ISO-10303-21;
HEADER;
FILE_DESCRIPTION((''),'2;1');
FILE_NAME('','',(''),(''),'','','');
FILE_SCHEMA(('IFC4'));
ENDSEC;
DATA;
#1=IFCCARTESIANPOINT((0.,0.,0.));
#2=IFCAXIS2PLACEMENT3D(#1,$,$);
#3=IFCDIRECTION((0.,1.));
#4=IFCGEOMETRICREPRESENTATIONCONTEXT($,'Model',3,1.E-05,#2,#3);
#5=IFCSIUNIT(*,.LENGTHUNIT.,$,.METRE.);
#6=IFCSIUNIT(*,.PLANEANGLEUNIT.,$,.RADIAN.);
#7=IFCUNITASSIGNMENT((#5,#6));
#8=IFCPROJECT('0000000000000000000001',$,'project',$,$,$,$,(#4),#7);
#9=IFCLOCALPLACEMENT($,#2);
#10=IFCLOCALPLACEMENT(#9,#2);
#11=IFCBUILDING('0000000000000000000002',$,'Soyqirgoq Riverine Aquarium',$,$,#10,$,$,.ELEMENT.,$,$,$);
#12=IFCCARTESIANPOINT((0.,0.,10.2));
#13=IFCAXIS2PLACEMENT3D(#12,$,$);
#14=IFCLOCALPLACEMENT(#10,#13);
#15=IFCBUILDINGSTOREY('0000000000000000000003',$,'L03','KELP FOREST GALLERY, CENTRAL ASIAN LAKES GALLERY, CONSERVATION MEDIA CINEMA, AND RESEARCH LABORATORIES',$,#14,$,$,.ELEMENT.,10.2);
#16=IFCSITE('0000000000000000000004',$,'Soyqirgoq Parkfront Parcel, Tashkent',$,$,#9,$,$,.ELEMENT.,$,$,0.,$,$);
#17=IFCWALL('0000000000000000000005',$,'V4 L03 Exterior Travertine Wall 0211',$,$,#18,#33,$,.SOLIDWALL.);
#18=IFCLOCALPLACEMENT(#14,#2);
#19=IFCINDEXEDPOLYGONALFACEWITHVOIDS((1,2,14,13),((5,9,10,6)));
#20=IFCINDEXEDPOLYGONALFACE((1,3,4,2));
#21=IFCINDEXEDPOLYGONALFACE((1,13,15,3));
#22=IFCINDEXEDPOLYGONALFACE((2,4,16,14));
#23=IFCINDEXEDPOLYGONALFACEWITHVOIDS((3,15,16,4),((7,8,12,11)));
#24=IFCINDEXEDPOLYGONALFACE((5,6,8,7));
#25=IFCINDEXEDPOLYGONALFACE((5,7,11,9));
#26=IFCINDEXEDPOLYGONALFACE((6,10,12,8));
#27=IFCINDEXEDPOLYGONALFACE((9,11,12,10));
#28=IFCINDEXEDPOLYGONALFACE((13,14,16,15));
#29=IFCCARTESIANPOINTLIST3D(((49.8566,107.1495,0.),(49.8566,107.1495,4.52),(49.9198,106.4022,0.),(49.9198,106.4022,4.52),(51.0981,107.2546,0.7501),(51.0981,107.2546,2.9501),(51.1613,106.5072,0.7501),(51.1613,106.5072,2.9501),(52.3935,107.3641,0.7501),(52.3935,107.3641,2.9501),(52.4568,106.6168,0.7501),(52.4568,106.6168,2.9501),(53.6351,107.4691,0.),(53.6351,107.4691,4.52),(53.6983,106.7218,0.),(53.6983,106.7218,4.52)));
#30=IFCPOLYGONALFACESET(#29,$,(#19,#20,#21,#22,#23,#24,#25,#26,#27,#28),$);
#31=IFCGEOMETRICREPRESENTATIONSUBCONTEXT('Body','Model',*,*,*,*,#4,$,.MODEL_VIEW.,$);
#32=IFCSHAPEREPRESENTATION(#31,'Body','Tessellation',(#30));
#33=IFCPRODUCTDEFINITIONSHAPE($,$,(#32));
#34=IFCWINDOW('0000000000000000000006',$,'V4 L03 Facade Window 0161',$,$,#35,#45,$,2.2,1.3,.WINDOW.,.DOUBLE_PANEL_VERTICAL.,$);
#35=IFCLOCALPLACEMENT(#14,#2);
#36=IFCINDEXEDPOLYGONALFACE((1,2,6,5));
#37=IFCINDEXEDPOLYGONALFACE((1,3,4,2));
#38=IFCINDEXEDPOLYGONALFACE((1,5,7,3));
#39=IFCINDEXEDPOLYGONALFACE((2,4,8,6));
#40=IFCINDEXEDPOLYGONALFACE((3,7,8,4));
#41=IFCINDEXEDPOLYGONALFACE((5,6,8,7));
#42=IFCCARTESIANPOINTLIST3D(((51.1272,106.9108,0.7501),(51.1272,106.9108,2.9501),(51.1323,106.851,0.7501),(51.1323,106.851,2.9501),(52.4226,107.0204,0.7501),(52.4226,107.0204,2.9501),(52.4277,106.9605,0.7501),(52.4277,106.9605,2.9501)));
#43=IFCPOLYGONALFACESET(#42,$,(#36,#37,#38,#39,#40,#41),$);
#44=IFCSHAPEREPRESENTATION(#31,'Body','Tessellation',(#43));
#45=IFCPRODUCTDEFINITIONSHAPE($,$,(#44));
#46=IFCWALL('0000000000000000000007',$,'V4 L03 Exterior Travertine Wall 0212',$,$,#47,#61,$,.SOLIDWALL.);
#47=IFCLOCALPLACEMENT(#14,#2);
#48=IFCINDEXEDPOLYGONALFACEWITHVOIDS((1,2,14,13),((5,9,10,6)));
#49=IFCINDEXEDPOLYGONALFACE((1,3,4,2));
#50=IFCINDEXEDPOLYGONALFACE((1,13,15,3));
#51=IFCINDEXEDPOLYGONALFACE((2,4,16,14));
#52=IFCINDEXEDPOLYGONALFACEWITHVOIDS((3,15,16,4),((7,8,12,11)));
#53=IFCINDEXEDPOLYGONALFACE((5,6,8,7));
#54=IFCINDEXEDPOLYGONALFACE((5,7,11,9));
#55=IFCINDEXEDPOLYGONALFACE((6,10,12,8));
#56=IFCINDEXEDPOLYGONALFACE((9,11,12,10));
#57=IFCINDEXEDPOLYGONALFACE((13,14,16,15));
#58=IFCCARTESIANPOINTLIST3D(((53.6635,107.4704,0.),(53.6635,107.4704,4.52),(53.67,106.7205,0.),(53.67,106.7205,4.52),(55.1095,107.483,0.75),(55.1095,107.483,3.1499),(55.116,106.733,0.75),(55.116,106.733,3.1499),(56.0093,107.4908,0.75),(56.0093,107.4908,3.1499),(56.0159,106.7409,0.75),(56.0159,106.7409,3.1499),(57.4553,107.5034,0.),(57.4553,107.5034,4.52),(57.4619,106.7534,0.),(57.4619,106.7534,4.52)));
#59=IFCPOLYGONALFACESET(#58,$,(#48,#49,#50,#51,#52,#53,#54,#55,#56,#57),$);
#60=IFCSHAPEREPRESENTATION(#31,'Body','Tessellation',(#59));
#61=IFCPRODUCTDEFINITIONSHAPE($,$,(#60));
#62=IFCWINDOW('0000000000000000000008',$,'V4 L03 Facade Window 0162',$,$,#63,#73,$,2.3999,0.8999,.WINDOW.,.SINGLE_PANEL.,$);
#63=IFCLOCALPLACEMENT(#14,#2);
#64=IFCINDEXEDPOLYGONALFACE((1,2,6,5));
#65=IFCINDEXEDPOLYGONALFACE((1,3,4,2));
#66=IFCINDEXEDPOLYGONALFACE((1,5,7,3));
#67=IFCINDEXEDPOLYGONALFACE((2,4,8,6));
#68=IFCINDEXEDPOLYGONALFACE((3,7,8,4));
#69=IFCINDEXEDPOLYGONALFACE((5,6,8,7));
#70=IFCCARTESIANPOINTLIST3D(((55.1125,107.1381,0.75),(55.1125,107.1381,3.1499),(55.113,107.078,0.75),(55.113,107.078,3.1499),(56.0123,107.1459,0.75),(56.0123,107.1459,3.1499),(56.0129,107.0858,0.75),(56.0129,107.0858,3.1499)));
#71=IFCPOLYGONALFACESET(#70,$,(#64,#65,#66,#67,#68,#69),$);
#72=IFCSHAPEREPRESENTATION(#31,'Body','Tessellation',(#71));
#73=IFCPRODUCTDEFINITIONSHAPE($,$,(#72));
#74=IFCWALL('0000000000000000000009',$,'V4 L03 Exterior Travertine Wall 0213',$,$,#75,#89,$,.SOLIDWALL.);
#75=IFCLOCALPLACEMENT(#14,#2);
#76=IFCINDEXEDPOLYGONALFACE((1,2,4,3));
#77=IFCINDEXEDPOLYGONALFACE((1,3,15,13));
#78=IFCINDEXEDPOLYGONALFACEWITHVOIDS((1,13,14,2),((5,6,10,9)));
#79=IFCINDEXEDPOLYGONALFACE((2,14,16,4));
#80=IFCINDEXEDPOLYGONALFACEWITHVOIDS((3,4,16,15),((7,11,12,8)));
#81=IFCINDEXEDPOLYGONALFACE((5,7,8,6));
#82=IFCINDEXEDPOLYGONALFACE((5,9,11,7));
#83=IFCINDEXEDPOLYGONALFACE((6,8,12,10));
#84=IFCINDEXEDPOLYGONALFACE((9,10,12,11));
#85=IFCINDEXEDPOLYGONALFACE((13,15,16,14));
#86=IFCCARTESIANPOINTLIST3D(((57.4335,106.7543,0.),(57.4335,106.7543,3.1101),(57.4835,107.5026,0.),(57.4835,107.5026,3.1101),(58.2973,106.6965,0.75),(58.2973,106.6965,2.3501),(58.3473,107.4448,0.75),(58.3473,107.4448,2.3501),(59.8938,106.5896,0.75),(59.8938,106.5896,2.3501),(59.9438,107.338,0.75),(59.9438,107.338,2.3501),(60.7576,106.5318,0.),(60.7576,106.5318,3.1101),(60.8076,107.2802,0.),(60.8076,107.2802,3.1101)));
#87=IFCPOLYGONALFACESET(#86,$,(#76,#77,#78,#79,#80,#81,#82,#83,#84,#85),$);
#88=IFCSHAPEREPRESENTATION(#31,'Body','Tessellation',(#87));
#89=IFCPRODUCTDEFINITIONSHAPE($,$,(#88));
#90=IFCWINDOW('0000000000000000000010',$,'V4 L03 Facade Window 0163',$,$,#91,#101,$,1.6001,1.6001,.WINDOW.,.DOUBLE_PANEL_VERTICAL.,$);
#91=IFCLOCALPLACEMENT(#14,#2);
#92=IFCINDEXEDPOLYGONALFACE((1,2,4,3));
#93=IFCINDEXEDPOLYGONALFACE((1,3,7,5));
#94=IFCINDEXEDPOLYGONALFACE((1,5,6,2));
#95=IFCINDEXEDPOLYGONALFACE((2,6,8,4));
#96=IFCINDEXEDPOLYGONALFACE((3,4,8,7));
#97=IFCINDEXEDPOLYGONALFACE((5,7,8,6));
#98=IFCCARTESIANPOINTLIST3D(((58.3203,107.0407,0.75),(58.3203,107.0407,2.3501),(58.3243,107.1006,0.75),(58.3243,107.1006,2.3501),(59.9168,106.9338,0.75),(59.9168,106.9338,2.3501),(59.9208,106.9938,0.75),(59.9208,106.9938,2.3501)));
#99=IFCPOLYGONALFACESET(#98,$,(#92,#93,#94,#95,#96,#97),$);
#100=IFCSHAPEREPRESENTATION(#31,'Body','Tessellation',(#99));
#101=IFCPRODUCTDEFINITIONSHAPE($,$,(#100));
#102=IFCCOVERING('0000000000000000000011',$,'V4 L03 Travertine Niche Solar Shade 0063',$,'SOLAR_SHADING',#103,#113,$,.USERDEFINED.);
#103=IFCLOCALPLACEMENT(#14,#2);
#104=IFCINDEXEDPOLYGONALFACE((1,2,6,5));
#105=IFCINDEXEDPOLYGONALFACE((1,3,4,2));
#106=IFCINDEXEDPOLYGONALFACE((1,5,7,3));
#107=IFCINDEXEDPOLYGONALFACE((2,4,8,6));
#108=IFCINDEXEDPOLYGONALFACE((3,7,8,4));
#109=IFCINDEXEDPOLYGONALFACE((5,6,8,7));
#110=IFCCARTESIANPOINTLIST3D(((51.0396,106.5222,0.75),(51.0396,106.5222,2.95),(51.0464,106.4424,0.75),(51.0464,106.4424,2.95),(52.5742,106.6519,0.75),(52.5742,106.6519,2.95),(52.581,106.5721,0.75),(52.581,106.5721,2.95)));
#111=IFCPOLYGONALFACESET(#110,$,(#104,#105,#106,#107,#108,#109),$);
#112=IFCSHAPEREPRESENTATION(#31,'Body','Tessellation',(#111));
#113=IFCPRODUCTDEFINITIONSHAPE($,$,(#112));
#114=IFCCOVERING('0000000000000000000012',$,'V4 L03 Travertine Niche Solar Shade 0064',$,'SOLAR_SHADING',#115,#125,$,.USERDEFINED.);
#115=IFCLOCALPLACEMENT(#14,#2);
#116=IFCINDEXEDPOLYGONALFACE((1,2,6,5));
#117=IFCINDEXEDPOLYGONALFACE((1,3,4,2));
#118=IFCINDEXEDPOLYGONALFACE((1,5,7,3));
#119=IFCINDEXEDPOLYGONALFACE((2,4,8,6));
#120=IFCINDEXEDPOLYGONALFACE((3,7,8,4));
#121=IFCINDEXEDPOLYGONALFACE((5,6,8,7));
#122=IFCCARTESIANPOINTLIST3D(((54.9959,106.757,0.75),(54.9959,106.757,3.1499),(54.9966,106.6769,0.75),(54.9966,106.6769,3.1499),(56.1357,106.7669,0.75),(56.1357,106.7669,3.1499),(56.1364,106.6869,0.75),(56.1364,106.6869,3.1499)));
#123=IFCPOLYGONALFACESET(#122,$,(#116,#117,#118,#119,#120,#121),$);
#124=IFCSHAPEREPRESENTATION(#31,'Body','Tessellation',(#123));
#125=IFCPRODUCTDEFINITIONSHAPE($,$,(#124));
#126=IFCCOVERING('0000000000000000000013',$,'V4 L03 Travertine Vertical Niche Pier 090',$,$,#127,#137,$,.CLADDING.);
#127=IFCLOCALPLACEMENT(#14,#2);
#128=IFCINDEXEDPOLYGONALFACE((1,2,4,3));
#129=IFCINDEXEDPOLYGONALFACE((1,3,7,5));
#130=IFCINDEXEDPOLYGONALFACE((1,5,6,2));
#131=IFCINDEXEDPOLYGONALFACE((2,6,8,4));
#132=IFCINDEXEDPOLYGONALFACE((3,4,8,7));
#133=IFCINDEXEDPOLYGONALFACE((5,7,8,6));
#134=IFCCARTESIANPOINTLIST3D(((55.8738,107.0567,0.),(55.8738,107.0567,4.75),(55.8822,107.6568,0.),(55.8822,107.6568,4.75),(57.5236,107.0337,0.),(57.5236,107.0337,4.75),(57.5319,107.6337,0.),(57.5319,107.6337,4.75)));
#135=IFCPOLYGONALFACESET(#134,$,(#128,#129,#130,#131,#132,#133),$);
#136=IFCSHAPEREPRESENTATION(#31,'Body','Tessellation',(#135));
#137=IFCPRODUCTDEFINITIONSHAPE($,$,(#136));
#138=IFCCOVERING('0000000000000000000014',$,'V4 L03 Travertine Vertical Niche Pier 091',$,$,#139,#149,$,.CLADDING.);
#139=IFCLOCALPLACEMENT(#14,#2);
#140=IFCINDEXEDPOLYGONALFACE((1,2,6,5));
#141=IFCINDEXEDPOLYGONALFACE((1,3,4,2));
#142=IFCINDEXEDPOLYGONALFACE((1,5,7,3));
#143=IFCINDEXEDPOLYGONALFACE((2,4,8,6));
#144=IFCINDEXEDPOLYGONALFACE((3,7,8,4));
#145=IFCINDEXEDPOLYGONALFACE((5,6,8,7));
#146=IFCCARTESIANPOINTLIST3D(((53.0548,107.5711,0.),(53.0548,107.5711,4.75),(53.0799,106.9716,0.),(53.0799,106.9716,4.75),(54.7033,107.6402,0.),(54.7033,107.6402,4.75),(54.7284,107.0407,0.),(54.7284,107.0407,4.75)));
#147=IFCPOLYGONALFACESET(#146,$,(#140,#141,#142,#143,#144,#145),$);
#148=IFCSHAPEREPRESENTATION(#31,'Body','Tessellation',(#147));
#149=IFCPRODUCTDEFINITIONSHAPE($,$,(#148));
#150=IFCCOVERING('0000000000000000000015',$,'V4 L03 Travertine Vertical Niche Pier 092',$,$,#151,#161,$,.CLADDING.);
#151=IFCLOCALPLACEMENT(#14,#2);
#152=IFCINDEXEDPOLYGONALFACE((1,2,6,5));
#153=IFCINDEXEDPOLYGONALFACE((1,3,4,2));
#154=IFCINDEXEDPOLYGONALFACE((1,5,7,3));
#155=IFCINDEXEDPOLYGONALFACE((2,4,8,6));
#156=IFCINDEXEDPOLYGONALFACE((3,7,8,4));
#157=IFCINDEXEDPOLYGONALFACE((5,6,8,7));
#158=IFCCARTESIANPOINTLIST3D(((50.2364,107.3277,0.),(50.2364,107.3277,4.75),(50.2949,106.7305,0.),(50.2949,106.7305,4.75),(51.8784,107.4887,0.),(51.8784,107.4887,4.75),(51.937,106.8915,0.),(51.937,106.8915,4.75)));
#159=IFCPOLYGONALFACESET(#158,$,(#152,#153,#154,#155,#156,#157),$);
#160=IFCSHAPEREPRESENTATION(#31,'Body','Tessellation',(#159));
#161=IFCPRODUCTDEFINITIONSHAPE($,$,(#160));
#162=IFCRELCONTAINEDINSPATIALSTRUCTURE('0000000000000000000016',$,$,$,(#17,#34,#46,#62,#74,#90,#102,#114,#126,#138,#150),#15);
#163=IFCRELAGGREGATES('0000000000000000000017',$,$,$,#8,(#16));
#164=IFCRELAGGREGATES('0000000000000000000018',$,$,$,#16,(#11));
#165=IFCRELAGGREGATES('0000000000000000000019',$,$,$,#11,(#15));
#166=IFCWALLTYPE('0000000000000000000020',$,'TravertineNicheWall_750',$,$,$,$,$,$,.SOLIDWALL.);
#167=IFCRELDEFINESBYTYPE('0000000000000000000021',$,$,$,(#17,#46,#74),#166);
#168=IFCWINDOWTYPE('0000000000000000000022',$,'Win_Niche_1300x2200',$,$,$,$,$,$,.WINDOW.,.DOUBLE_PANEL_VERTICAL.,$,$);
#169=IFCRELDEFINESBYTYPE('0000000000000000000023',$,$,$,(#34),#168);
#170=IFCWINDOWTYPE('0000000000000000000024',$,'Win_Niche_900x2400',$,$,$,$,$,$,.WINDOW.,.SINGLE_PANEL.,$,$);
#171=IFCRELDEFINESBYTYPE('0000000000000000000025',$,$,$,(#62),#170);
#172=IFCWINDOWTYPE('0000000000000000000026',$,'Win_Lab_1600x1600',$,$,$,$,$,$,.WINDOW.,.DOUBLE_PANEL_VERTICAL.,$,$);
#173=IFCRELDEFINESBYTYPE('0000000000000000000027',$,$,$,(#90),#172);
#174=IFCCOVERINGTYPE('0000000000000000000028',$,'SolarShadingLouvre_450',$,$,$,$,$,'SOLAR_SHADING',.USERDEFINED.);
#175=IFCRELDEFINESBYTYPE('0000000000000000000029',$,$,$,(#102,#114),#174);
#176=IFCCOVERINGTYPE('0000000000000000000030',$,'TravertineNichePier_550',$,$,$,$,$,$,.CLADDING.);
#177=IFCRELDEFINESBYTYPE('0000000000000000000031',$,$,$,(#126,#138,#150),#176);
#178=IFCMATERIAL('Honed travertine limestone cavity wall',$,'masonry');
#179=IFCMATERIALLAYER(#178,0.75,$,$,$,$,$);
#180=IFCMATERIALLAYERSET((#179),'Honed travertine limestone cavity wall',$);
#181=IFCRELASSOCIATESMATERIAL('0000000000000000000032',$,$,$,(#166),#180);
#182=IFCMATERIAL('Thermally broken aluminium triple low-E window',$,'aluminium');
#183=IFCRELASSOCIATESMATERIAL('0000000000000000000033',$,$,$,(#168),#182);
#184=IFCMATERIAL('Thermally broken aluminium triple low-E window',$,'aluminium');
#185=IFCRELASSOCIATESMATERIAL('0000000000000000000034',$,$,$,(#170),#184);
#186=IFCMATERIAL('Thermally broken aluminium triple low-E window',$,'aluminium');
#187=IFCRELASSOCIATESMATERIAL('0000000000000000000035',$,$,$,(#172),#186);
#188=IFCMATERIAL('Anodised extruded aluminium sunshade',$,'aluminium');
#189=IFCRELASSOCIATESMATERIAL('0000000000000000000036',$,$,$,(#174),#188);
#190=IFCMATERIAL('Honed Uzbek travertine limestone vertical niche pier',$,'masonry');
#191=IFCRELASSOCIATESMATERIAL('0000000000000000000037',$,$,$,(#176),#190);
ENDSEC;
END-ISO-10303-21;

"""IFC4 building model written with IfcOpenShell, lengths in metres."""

from ifc_helpers import new_model, si_unit, direction, frame, frame_2d, origin, origin_2d, place, context, subcontext, project, spatial, rectangle, extrude, material, layer, layer_set, type_object, element, fill, save


model = new_model("IFC4")

# Units and contexts
model_context = context("Model", 3, precision=1e-05, world=origin(), true_north=direction((0.0, 1.0)))
body_context = subcontext(model_context, "Body", "Model", "MODEL_VIEW")
ifc_project = project(units=[si_unit("LENGTHUNIT", "METRE"), si_unit("PLANEANGLEUNIT", "RADIAN")], contexts=[model_context])

# Site, building, storey
site_placement = place(None, origin())
site = spatial("IfcSite", under=ifc_project, at=site_placement, Name="Soyqirgoq Parkfront Parcel, Tashkent", CompositionType="ELEMENT", RefElevation=0.0)
building_placement = place(site_placement, origin())
building = spatial("IfcBuilding", under=site, at=building_placement, Name="Soyqirgoq Riverine Aquarium", CompositionType="ELEMENT")
storey_placement = place(building_placement, frame((0.0, 0.0, 10.2)))
storey = spatial("IfcBuildingStorey", under=building, at=storey_placement, Name="L03", Description="KELP FOREST GALLERY, CENTRAL ASIAN LAKES GALLERY, CONSERVATION MEDIA CINEMA, AND RESEARCH LABORATORIES", CompositionType="ELEMENT", Elevation=10.2)

# Walls, openings, windows
ifc_material_1 = material(Name="Honed travertine limestone cavity wall", Category="masonry")
ifc_layer = layer(ifc_material_1, 0.75)
ifc_layer_set = layer_set([ifc_layer], Name="Honed travertine limestone cavity wall")
wall_type = type_object("IfcWallType", Name="TravertineNicheWall_750", PredefinedType="SOLIDWALL", material=ifc_layer_set)
wall_1_placement = place(storey_placement, frame((49.8882, 106.7759, 0.0), z_axis=(0.0, 0.0, 1.0), x_axis=(0.996442, 0.084276, 0.0)))
wall_1 = element("IfcWall", 1, at=wall_1_placement, inside=storey, type_object=wall_type, Name="V4 L03 Exterior Travertine Wall 0211", PredefinedType="SOLIDWALL", context=body_context, shape_type="SweptSolid", body=[
    extrude(rectangle(XDim=3.792, YDim=0.75, at=frame_2d((1.896, 0.0))), origin(), (0.0, 0.0, 1.0), 4.52),
])
opening_1_placement = place(wall_1_placement, frame((1.2461, 0.0, 0.75)))
opening_1 = element("IfcOpeningElement", 2, at=opening_1_placement, cuts=wall_1, PredefinedType="OPENING", context=body_context, shape_type="SweptSolid", body=[
    extrude(rectangle(XDim=1.3, YDim=2.2, at=frame_2d((0.6499, 1.1001))), frame((0.0, 0.385, 0.0), z_axis=(0.0, -1.0, 0.0), x_axis=(1.0, 0.0, 0.0)), (0.0, 0.0, 1.0), 0.77),
])
ifc_material_2 = material(Name="Thermally broken aluminium triple low-E window", Category="aluminium")
window_type_1 = type_object("IfcWindowType", Name="Win_Niche_1300x2200", PartitioningType="DOUBLE_PANEL_VERTICAL", PredefinedType="WINDOW", material=ifc_material_2)
window_1_placement = place(opening_1_placement, origin())
window_1 = element("IfcWindow", 3, at=window_1_placement, inside=storey, type_object=window_type_1, Name="V4 L03 Facade Window 0161", OverallHeight=2.2, OverallWidth=1.3, PartitioningType="DOUBLE_PANEL_VERTICAL", PredefinedType="WINDOW", context=body_context, shape_type="SweptSolid", body=[
    extrude(rectangle(XDim=1.3, YDim=2.2, at=frame_2d((0.6499, 1.1001))), frame((0.0, 0.03, 0.0), z_axis=(0.0, -1.0, 0.0), x_axis=(1.0, 0.0, 0.0)), (0.0, 0.0, 1.0), 0.0601),
])
fill(opening_1, window_1)
wall_2_placement = place(storey_placement, frame((53.6667, 107.0955, 0.0), z_axis=(0.0, 0.0, 1.0), x_axis=(0.999962, 0.008692, 0.0)))
wall_2 = element("IfcWall", 4, at=wall_2_placement, inside=storey, type_object=wall_type, Name="V4 L03 Exterior Travertine Wall 0212", PredefinedType="SOLIDWALL", context=body_context, shape_type="SweptSolid", body=[
    extrude(rectangle(XDim=3.792, YDim=0.75, at=frame_2d((1.896, 0.0))), origin(), (0.0, 0.0, 1.0), 4.52),
])
opening_2_placement = place(wall_2_placement, frame((1.446, 0.0, 0.75)))
opening_2 = element("IfcOpeningElement", 5, at=opening_2_placement, cuts=wall_2, PredefinedType="OPENING", context=body_context, shape_type="SweptSolid", body=[
    extrude(rectangle(XDim=0.8999, YDim=2.3999, at=frame_2d((0.45, 1.2))), frame((0.0, 0.385, 0.0), z_axis=(0.0, -1.0, 0.0), x_axis=(1.0, 0.0, 0.0)), (0.0, 0.0, 1.0), 0.77),
])
ifc_material_3 = material(Name="Thermally broken aluminium triple low-E window", Category="aluminium")
window_type_2 = type_object("IfcWindowType", Name="Win_Niche_900x2400", PartitioningType="SINGLE_PANEL", PredefinedType="WINDOW", material=ifc_material_3)
window_2_placement = place(opening_2_placement, origin())
window_2 = element("IfcWindow", 6, at=window_2_placement, inside=storey, type_object=window_type_2, Name="V4 L03 Facade Window 0162", OverallHeight=2.3999, OverallWidth=0.8999, PartitioningType="SINGLE_PANEL", PredefinedType="WINDOW", context=body_context, shape_type="SweptSolid", body=[
    extrude(rectangle(XDim=0.8999, YDim=2.3999, at=frame_2d((0.45, 1.2))), frame((0.0, 0.03, 0.0), z_axis=(0.0, -1.0, 0.0), x_axis=(1.0, 0.0, 0.0)), (0.0, 0.0, 1.0), 0.0601),
])
fill(opening_2, window_2)
wall_3_placement = place(storey_placement, frame((57.4585, 107.1284, 0.0), z_axis=(0.0, 0.0, 1.0), x_axis=(0.997769, -0.066757, 0.0)))
wall_3 = element("IfcWall", 7, at=wall_3_placement, inside=storey, type_object=wall_type, Name="V4 L03 Exterior Travertine Wall 0213", PredefinedType="SOLIDWALL", context=body_context, shape_type="SweptSolid", body=[
    extrude(rectangle(XDim=3.3315, YDim=0.75, at=frame_2d((1.6658, 0.0))), origin(), (0.0, 0.0, 1.0), 3.1101),
])
opening_3_placement = place(wall_3_placement, frame((0.8657, 0.0, 0.75)))
opening_3 = element("IfcOpeningElement", 8, at=opening_3_placement, cuts=wall_3, PredefinedType="OPENING", context=body_context, shape_type="SweptSolid", body=[
    extrude(rectangle(XDim=1.6001, YDim=1.6001, at=frame_2d((0.8, 0.8))), frame((0.0, 0.385, 0.0), z_axis=(0.0, -1.0, 0.0), x_axis=(1.0, 0.0, 0.0)), (0.0, 0.0, 1.0), 0.77),
])
ifc_material_4 = material(Name="Thermally broken aluminium triple low-E window", Category="aluminium")
window_type_3 = type_object("IfcWindowType", Name="Win_Lab_1600x1600", PartitioningType="DOUBLE_PANEL_VERTICAL", PredefinedType="WINDOW", material=ifc_material_4)
window_3_placement = place(opening_3_placement, origin())
window_3 = element("IfcWindow", 9, at=window_3_placement, inside=storey, type_object=window_type_3, Name="V4 L03 Facade Window 0163", OverallHeight=1.6001, OverallWidth=1.6001, PartitioningType="DOUBLE_PANEL_VERTICAL", PredefinedType="WINDOW", context=body_context, shape_type="SweptSolid", body=[
    extrude(rectangle(XDim=1.6001, YDim=1.6001, at=frame_2d((0.8, 0.8))), frame((0.0, 0.03, 0.0), z_axis=(0.0, -1.0, 0.0), x_axis=(1.0, 0.0, 0.0)), (0.0, 0.0, 1.0), 0.0601),
])
fill(opening_3, window_3)

# Coverings
ifc_material_5 = material(Name="Anodised extruded aluminium sunshade", Category="aluminium")
covering_type_1 = type_object("IfcCoveringType", Name="SolarShadingLouvre_450", ElementType="SOLAR_SHADING", PredefinedType="USERDEFINED", material=ifc_material_5)
covering_1_placement = place(storey_placement, frame((51.8103, 106.5471, 0.75), z_axis=(0.0, 0.0, 1.0), x_axis=(0.996449, 0.0842, 0.0)))
element("IfcCovering", 10, at=covering_1_placement, inside=storey, type_object=covering_type_1, Name="V4 L03 Travertine Niche Solar Shade 0063", ObjectType="SOLAR_SHADING", PredefinedType="USERDEFINED", context=body_context, shape_type="SweptSolid", body=[
    extrude(rectangle(XDim=1.54, YDim=0.0801, at=origin_2d()), origin(), (0.0, 0.0, 1.0), 2.2),
])
covering_2_placement = place(storey_placement, frame((55.5662, 106.7219, 0.75), z_axis=(0.0, 0.0, 1.0), x_axis=(0.999962, 0.008727, 0.0)))
element("IfcCovering", 11, at=covering_2_placement, inside=storey, type_object=covering_type_1, Name="V4 L03 Travertine Niche Solar Shade 0064", ObjectType="SOLAR_SHADING", PredefinedType="USERDEFINED", context=body_context, shape_type="SweptSolid", body=[
    extrude(rectangle(XDim=1.1399, YDim=0.0801, at=origin_2d()), origin(), (0.0, 0.0, 1.0), 2.3999),
])
ifc_material_6 = material(Name="Honed Uzbek travertine limestone vertical niche pier", Category="masonry")
covering_type_2 = type_object("IfcCoveringType", Name="TravertineNichePier_550", PredefinedType="CLADDING", material=ifc_material_6)
for number, where, z_axis, x_axis, name in (
    (12, (56.7029, 107.3452, 0.0), (0.0, 0.0, 1.0), (0.013962, 0.999903, 0.0), "V4 L03 Travertine Vertical Niche Pier 090"),
    (13, (53.8916, 107.3059, 0.0), (0.0, 0.0, 1.0), (-0.041876, 0.999123, 0.0), "V4 L03 Travertine Vertical Niche Pier 091"),
    (14, (51.0867, 107.1096, 0.0), (0.0, 0.0, 1.0), (-0.097583, 0.995227, 0.0), "V4 L03 Travertine Vertical Niche Pier 092"),
):
    element("IfcCovering", number, at=place(storey_placement, frame(where, z_axis=z_axis, x_axis=x_axis)), inside=storey, type_object=covering_type_2, Name=name, PredefinedType="CLADDING", context=body_context, shape_type="SweptSolid", body=[
        extrude(rectangle(XDim=0.6001, YDim=1.6499, at=origin_2d()), origin(), (0.0, 0.0, 1.0), 4.75),
    ])

save(model, "model.ifc")
